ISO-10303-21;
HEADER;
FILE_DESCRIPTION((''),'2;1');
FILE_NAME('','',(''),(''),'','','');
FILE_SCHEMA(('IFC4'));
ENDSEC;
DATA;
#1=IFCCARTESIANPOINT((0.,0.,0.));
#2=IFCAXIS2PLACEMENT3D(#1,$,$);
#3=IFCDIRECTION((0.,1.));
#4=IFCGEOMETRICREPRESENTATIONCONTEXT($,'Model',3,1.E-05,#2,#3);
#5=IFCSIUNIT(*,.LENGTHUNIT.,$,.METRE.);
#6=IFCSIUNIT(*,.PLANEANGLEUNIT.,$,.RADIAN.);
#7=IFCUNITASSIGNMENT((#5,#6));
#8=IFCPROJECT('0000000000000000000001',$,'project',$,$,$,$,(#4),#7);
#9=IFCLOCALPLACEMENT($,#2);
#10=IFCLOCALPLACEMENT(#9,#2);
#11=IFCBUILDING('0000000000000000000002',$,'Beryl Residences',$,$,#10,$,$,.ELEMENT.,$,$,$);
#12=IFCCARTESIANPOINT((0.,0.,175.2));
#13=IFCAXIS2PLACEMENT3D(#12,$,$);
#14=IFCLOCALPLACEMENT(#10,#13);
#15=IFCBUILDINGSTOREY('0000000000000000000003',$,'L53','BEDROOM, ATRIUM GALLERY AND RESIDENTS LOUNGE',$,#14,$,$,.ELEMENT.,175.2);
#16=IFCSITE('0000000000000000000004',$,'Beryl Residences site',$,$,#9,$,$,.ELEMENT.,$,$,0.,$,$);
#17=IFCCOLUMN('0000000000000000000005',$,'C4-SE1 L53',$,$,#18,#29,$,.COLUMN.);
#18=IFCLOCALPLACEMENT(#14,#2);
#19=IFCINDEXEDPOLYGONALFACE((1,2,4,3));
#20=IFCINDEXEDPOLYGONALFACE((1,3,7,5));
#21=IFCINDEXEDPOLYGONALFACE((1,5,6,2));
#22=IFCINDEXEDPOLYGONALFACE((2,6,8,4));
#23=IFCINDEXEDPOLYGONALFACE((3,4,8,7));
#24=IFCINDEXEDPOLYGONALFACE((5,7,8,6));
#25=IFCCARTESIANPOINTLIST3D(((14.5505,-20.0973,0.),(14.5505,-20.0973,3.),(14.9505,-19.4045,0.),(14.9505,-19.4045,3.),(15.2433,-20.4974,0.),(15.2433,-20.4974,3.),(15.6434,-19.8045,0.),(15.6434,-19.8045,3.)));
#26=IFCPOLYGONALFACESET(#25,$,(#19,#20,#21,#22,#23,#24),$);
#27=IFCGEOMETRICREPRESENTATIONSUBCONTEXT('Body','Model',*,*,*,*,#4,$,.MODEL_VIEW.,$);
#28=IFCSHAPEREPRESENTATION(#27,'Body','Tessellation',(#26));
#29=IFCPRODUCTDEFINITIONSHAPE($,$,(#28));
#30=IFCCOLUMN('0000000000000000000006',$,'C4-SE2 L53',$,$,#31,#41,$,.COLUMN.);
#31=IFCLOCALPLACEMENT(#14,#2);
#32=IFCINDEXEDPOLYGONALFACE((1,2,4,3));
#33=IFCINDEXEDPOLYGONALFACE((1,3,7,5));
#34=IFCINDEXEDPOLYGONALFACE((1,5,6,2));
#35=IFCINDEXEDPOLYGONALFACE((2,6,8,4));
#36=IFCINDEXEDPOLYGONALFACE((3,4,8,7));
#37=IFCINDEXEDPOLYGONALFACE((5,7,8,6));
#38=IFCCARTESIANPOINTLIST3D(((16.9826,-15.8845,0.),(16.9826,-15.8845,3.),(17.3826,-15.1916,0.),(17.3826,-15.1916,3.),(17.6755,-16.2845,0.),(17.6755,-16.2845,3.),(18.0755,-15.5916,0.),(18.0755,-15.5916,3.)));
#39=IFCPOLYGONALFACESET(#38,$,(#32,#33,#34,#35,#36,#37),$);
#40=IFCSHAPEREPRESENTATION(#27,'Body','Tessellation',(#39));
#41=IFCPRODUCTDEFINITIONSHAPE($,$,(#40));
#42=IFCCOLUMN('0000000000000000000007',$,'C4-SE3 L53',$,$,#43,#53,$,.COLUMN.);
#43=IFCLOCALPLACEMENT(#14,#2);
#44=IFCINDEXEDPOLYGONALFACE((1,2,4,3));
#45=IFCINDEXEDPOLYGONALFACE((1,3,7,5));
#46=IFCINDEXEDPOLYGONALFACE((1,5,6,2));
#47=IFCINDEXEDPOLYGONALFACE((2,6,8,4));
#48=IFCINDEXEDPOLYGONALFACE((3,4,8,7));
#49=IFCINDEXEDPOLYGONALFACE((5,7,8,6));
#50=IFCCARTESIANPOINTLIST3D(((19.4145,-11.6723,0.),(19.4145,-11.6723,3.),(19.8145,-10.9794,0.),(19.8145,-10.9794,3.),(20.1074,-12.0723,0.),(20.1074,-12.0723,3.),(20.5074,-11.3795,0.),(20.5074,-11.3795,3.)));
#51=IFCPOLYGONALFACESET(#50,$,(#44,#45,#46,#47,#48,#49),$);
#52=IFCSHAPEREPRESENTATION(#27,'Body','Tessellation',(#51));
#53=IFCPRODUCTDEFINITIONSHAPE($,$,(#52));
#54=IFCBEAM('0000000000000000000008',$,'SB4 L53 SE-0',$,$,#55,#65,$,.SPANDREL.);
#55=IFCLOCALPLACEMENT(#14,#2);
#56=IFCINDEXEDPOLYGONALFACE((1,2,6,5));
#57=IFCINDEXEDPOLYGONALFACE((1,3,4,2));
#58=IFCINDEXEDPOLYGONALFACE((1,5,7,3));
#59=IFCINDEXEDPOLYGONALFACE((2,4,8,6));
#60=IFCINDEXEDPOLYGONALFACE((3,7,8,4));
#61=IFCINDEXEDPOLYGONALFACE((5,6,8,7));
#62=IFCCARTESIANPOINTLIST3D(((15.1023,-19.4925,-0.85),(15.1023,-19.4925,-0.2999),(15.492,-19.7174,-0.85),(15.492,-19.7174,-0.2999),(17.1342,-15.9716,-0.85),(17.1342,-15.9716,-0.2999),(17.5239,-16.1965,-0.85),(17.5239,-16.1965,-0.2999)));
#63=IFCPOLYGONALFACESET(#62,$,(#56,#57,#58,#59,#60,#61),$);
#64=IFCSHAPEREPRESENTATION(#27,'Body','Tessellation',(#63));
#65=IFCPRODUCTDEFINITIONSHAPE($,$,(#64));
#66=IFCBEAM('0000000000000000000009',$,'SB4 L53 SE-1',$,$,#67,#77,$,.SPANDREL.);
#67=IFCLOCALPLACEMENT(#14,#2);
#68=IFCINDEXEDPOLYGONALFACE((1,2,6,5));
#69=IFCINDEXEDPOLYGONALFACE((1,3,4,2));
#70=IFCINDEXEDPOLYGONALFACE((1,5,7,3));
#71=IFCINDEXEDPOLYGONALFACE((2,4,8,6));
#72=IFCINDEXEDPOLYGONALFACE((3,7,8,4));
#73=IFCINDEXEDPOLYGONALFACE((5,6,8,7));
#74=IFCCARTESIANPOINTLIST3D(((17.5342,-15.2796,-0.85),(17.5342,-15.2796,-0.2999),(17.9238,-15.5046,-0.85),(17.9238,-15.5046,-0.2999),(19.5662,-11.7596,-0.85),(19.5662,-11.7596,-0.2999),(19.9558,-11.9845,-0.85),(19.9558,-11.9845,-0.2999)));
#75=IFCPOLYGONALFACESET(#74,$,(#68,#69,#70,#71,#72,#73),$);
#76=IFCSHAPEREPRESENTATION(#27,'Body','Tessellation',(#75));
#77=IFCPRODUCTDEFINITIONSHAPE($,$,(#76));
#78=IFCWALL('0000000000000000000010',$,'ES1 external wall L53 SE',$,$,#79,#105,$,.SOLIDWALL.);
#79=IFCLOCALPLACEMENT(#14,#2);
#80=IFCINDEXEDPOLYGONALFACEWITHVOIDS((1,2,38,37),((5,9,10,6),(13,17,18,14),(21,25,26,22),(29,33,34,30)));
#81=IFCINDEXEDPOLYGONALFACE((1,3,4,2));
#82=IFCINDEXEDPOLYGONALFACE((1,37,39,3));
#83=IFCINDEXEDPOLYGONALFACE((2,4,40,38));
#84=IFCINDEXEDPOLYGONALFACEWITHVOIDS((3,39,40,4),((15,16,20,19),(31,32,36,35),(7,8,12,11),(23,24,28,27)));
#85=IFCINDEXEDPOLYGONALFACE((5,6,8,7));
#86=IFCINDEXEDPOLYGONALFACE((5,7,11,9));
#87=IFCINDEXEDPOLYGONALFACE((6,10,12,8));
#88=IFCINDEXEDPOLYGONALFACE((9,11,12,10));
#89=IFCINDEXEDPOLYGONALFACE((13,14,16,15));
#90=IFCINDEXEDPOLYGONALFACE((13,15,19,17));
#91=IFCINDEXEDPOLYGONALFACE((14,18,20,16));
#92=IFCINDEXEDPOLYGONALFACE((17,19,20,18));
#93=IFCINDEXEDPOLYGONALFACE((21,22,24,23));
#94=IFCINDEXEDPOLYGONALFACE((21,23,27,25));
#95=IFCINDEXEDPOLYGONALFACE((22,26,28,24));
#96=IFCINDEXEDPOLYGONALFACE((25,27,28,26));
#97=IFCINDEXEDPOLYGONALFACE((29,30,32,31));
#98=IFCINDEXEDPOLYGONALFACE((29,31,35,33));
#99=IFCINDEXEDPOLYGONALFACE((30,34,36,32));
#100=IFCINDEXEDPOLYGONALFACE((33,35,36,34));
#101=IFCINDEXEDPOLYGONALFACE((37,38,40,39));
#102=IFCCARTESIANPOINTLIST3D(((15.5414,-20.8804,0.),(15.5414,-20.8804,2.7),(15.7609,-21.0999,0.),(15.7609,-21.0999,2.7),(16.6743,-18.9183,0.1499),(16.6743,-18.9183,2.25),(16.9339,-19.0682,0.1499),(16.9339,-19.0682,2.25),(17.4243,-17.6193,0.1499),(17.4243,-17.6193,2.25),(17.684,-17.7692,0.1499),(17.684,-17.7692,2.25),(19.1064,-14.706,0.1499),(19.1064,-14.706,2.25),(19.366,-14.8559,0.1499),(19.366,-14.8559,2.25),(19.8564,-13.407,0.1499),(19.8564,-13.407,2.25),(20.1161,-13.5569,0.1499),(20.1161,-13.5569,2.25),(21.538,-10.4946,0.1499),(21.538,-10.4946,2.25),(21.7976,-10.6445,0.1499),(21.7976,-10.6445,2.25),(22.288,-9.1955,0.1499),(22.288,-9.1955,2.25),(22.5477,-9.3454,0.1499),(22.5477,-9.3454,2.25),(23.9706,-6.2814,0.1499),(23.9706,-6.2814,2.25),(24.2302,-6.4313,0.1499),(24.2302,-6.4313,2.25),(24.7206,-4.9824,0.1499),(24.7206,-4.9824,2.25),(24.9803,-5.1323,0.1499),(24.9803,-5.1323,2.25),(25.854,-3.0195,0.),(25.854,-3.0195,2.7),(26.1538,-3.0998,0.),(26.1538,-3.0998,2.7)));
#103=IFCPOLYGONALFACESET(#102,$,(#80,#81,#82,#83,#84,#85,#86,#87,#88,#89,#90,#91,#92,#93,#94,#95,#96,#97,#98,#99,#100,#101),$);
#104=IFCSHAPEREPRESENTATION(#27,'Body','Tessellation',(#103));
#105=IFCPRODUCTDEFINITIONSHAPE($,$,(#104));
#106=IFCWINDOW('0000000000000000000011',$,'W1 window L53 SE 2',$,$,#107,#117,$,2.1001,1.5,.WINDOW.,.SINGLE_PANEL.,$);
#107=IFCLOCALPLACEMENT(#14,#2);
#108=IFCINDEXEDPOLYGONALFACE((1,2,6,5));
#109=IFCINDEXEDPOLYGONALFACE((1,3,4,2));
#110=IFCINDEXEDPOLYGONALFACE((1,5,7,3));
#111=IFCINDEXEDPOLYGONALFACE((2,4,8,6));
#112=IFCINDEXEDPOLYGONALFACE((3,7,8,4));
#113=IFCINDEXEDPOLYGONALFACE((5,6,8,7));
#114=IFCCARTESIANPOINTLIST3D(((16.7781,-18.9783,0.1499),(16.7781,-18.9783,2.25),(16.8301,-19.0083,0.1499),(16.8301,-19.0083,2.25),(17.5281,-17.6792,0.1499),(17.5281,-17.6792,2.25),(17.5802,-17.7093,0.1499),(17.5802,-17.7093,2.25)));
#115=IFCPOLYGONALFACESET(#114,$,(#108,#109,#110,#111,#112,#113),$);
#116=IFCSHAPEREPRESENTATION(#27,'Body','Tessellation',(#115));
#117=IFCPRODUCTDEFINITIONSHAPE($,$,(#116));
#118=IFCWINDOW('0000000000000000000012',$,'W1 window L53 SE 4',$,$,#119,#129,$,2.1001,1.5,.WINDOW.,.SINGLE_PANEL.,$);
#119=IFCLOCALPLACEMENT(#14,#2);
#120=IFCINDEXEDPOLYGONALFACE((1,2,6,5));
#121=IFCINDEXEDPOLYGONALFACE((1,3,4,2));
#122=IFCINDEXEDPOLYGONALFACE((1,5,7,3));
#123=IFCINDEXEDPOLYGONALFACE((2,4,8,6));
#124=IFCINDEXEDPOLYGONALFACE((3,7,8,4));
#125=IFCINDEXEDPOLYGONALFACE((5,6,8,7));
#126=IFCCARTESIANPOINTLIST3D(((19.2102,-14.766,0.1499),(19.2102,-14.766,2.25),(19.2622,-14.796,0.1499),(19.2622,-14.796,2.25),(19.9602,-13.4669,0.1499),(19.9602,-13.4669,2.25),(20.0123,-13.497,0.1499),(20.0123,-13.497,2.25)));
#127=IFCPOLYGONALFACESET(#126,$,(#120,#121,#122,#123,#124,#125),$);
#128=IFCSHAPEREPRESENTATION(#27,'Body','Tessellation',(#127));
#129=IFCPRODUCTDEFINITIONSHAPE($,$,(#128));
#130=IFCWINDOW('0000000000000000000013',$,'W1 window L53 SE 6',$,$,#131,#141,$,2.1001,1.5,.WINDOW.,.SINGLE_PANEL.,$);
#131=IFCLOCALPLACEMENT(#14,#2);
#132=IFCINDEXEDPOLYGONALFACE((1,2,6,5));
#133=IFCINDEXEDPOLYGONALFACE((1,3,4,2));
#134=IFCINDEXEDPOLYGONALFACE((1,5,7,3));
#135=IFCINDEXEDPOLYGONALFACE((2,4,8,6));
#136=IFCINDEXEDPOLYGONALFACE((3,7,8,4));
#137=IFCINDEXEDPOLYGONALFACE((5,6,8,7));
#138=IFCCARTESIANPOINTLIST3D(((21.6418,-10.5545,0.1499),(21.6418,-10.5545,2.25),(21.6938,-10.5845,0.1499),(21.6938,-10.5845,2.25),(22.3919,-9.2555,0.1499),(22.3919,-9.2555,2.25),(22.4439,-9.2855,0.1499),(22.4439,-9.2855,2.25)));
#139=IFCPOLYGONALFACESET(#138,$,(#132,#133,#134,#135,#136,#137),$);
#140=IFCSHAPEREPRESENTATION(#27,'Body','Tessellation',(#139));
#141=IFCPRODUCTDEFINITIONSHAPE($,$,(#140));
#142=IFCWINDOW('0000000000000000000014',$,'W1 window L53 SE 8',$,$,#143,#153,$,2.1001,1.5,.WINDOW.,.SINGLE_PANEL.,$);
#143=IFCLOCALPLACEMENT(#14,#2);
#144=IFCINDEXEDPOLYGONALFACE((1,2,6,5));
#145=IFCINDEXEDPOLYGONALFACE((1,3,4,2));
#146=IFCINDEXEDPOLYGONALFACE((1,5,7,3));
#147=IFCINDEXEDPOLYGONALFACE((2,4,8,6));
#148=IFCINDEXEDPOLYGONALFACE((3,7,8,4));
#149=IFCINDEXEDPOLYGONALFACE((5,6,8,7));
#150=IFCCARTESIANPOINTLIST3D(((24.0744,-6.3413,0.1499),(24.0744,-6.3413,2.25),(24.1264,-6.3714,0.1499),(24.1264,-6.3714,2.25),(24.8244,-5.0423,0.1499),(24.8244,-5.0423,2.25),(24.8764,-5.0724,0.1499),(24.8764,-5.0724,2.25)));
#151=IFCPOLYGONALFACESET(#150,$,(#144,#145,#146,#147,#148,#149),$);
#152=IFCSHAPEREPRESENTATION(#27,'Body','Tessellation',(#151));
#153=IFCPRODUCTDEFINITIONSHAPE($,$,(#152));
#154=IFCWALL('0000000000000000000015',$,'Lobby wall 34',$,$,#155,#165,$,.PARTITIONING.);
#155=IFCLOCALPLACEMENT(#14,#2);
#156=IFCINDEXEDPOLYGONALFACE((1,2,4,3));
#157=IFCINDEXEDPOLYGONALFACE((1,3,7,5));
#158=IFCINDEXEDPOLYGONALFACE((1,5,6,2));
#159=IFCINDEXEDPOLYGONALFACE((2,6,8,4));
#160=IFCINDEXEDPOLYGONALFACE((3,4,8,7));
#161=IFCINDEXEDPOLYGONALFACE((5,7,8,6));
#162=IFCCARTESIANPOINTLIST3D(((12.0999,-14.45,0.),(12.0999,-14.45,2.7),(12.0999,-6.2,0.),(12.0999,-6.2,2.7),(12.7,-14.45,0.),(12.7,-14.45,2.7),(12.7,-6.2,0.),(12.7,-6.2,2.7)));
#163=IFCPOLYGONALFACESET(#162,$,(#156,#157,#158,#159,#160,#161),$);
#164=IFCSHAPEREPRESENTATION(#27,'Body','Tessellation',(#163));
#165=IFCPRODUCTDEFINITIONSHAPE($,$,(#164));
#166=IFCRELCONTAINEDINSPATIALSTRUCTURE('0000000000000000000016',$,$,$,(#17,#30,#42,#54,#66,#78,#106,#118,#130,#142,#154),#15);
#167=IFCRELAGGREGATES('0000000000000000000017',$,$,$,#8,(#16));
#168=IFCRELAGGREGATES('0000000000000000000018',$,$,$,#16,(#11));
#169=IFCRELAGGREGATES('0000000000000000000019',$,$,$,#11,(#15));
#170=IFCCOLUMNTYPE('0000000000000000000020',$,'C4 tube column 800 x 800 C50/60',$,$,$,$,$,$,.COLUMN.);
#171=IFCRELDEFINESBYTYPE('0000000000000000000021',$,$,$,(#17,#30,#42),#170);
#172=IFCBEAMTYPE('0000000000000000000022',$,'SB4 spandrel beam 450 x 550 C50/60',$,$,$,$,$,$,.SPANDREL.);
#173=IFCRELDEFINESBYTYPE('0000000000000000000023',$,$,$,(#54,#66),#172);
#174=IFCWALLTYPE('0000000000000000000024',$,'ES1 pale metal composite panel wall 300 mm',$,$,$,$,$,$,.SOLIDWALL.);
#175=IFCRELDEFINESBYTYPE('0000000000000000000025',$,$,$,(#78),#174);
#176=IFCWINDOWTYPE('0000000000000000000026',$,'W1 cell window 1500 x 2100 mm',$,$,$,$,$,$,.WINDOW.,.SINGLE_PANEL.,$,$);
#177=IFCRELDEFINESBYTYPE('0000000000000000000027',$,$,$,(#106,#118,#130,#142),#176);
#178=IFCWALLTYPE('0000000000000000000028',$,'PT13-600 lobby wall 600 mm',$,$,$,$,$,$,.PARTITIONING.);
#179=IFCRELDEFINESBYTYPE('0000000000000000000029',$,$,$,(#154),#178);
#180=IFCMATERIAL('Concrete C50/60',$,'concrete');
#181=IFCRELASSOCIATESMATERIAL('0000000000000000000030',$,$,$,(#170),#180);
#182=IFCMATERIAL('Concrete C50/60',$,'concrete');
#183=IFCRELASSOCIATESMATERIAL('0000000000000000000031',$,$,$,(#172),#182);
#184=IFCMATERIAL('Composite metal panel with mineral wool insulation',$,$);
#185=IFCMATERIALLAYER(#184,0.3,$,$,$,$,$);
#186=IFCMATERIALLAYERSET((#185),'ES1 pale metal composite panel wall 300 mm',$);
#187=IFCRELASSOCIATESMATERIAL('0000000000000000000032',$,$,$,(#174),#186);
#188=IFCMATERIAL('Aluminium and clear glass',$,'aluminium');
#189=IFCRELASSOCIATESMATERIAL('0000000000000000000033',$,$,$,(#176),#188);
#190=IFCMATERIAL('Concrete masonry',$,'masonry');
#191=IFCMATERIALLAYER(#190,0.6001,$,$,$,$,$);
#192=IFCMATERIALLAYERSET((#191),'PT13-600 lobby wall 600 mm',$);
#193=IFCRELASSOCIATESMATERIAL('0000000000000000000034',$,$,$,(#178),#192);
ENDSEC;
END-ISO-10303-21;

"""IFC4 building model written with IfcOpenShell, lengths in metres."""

from ifc_helpers import new_model, si_unit, direction, frame, frame_2d, origin, origin_2d, place, context, subcontext, project, spatial, polyline, rectangle, outline, extrude, material, layer, layer_set, material_profile, profile_set, type_object, element, fill, save


model = new_model("IFC4")

# Units and contexts
model_context = context("Model", 3, precision=1e-05, world=origin(), true_north=direction((0.0, 1.0)))
body_context = subcontext(model_context, "Body", "Model", "MODEL_VIEW")
ifc_project = project(units=[si_unit("LENGTHUNIT", "METRE"), si_unit("PLANEANGLEUNIT", "RADIAN")], contexts=[model_context])

# Site, building, storey
site_placement = place(None, origin())
site = spatial("IfcSite", under=ifc_project, at=site_placement, Name="Beryl Residences site", CompositionType="ELEMENT", RefElevation=0.0)
building_placement = place(site_placement, origin())
building = spatial("IfcBuilding", under=site, at=building_placement, Name="Beryl Residences", CompositionType="ELEMENT")
storey_placement = place(building_placement, frame((0.0, 0.0, 175.2)))
storey = spatial("IfcBuildingStorey", under=building, at=storey_placement, Name="L53", Description="BEDROOM, ATRIUM GALLERY AND RESIDENTS LOUNGE", CompositionType="ELEMENT", Elevation=175.2)

# Columns
ifc_material_1 = material(Name="Concrete C50/60", Category="concrete")
ifc_material_profile_1 = material_profile(ifc_material_1, rectangle(XDim=0.8, YDim=0.8, at=origin_2d()))
ifc_profile_set_1 = profile_set([ifc_material_profile_1], Name="Concrete C50/60")
column_type = type_object("IfcColumnType", Name="C4 tube column 800 x 800 C50/60", PredefinedType="COLUMN", material=ifc_profile_set_1)
for number, where, z_axis, x_axis, name in (
    (1, (15.0969, -19.9509, 0.0), (0.0, 0.0, 1.0), (0.5, 0.866025, 0.0), "C4-SE1 L53"),
    (2, (17.5291, -15.738, 0.0), (0.0, 0.0, 1.0), (0.5, 0.866025, 0.0), "C4-SE2 L53"),
    (3, (19.9609, -11.5259, 0.0), (0.0, 0.0, 1.0), (0.5, 0.866025, 0.0), "C4-SE3 L53"),
):
    element("IfcColumn", number, at=place(storey_placement, frame(where, z_axis=z_axis, x_axis=x_axis)), inside=storey, type_object=column_type, Name=name, PredefinedType="COLUMN", context=body_context, shape_type="SweptSolid", body=[
        extrude(rectangle(XDim=0.8, YDim=0.8, at=origin_2d()), origin(), (0.0, 0.0, 1.0), 3.0),
    ])

# Beams
ifc_material_2 = material(Name="Concrete C50/60", Category="concrete")
ifc_material_profile_2 = material_profile(ifc_material_2, rectangle(XDim=0.45, YDim=0.55, at=origin_2d()))
ifc_profile_set_2 = profile_set([ifc_material_profile_2], Name="Concrete C50/60")
beam_type = type_object("IfcBeamType", Name="SB4 spandrel beam 450 x 550 C50/60", PredefinedType="SPANDREL", material=ifc_profile_set_2)
beam_1_placement = place(storey_placement, frame((15.2971, -19.605, -0.575), z_axis=(0.49984, 0.866118, 0.0), x_axis=(-0.866118, 0.49984, 0.0)))
element("IfcBeam", 4, at=beam_1_placement, inside=storey, type_object=beam_type, Name="SB4 L53 SE-0", PredefinedType="SPANDREL", context=body_context, shape_type="SweptSolid", body=[
    extrude(rectangle(XDim=0.45, YDim=0.55, at=origin_2d()), origin(), (0.0, 0.0, 1.0), 4.0652),
])
beam_2_placement = place(storey_placement, frame((17.729, -15.3921, -0.575), z_axis=(0.499944, 0.866058, 0.0), x_axis=(-0.866058, 0.499944, 0.0)))
element("IfcBeam", 5, at=beam_2_placement, inside=storey, type_object=beam_type, Name="SB4 L53 SE-1", PredefinedType="SPANDREL", context=body_context, shape_type="SweptSolid", body=[
    extrude(rectangle(XDim=0.45, YDim=0.55, at=origin_2d()), origin(), (0.0, 0.0, 1.0), 4.0645),
])

# Wall, openings, windows
ifc_material_3 = material(Name="Composite metal panel with mineral wool insulation")
ifc_layer_1 = layer(ifc_material_3, 0.3)
ifc_layer_set_1 = layer_set([ifc_layer_1], Name="ES1 pale metal composite panel wall 300 mm")
wall_type_1 = type_object("IfcWallType", Name="ES1 pale metal composite panel wall 300 mm", PredefinedType="SOLIDWALL", material=ifc_layer_set_1)
wall_1_placement = place(storey_placement, frame((15.6311, -21.0249, 0.0), z_axis=(0.0, 0.0, 1.0), x_axis=(0.500019, 0.866015, 0.0)))
wall_1 = element("IfcWall", 6, at=wall_1_placement, inside=storey, type_object=wall_type_1, Name="ES1 external wall L53 SE", PredefinedType="SOLIDWALL", context=body_context, shape_type="SweptSolid", body=[
    extrude(outline(polyline([(0.0, -0.1499), (20.7849, -0.1499), (20.7046, 0.1499), (0.0803, 0.1499), (0.0, -0.1499)])), origin(), (0.0, 0.0, 1.0), 2.7),
])
opening_1_placement = place(wall_1_placement, frame((2.3459, 0.0, 0.1499)))
opening_1 = element("IfcOpeningElement", 7, at=opening_1_placement, cuts=wall_1, PredefinedType="OPENING", context=body_context, shape_type="SweptSolid", body=[
    extrude(rectangle(XDim=1.5, YDim=2.1001, at=frame_2d((0.75, 1.05))), frame((0.0, 0.1599, 0.0), z_axis=(0.0, -1.0, 0.0), x_axis=(1.0, 0.0, 0.0)), (0.0, 0.0, 1.0), 0.3201),
])
opening_2_placement = place(wall_1_placement, frame((7.21, 0.0, 0.1499)))
opening_2 = element("IfcOpeningElement", 8, at=opening_2_placement, cuts=wall_1, PredefinedType="OPENING", context=body_context, shape_type="SweptSolid", body=[
    extrude(rectangle(XDim=1.5, YDim=2.1001, at=frame_2d((0.75, 1.05))), frame((0.0, 0.1599, 0.0), z_axis=(0.0, -1.0, 0.0), x_axis=(1.0, 0.0, 0.0)), (0.0, 0.0, 1.0), 0.3201),
])
opening_3_placement = place(wall_1_placement, frame((12.073, 0.0, 0.1499)))
opening_3 = element("IfcOpeningElement", 9, at=opening_3_placement, cuts=wall_1, PredefinedType="OPENING", context=body_context, shape_type="SweptSolid", body=[
    extrude(rectangle(XDim=1.5, YDim=2.1001, at=frame_2d((0.75, 1.05))), frame((0.0, 0.1599, 0.0), z_axis=(0.0, -1.0, 0.0), x_axis=(1.0, 0.0, 0.0)), (0.0, 0.0, 1.0), 0.3201),
])
opening_4_placement = place(wall_1_placement, frame((16.938, 0.0, 0.1499)))
opening_4 = element("IfcOpeningElement", 10, at=opening_4_placement, cuts=wall_1, PredefinedType="OPENING", context=body_context, shape_type="SweptSolid", body=[
    extrude(rectangle(XDim=1.5, YDim=2.1001, at=frame_2d((0.75, 1.05))), frame((0.0, 0.1599, 0.0), z_axis=(0.0, -1.0, 0.0), x_axis=(1.0, 0.0, 0.0)), (0.0, 0.0, 1.0), 0.3201),
])
ifc_material_4 = material(Name="Aluminium and clear glass", Category="aluminium")
window_type = type_object("IfcWindowType", Name="W1 cell window 1500 x 2100 mm", PartitioningType="SINGLE_PANEL", PredefinedType="WINDOW", material=ifc_material_4)
window_1_placement = place(opening_1_placement, origin())
window_1 = element("IfcWindow", 11, at=window_1_placement, inside=storey, type_object=window_type, Name="W1 window L53 SE 2", OverallHeight=2.1001, OverallWidth=1.5, PartitioningType="SINGLE_PANEL", PredefinedType="WINDOW", context=body_context, shape_type="SweptSolid", body=[
    extrude(rectangle(XDim=1.5, YDim=2.1001, at=frame_2d((0.75, 1.05))), frame((0.0, 0.03, 0.0), z_axis=(0.0, -1.0, 0.0), x_axis=(1.0, 0.0, 0.0)), (0.0, 0.0, 1.0), 0.0601),
])
fill(opening_1, window_1)
window_2_placement = place(opening_2_placement, origin())
window_2 = element("IfcWindow", 12, at=window_2_placement, inside=storey, type_object=window_type, Name="W1 window L53 SE 4", OverallHeight=2.1001, OverallWidth=1.5, PartitioningType="SINGLE_PANEL", PredefinedType="WINDOW", context=body_context, shape_type="SweptSolid", body=[
    extrude(rectangle(XDim=1.5, YDim=2.1001, at=frame_2d((0.75, 1.05))), frame((0.0, 0.03, 0.0), z_axis=(0.0, -1.0, 0.0), x_axis=(1.0, 0.0, 0.0)), (0.0, 0.0, 1.0), 0.0601),
])
fill(opening_2, window_2)
window_3_placement = place(opening_3_placement, origin())
window_3 = element("IfcWindow", 13, at=window_3_placement, inside=storey, type_object=window_type, Name="W1 window L53 SE 6", OverallHeight=2.1001, OverallWidth=1.5, PartitioningType="SINGLE_PANEL", PredefinedType="WINDOW", context=body_context, shape_type="SweptSolid", body=[
    extrude(rectangle(XDim=1.5, YDim=2.1001, at=frame_2d((0.75, 1.05))), frame((0.0, 0.03, 0.0), z_axis=(0.0, -1.0, 0.0), x_axis=(1.0, 0.0, 0.0)), (0.0, 0.0, 1.0), 0.0601),
])
fill(opening_3, window_3)
window_4_placement = place(opening_4_placement, origin())
window_4 = element("IfcWindow", 14, at=window_4_placement, inside=storey, type_object=window_type, Name="W1 window L53 SE 8", OverallHeight=2.1001, OverallWidth=1.5, PartitioningType="SINGLE_PANEL", PredefinedType="WINDOW", context=body_context, shape_type="SweptSolid", body=[
    extrude(rectangle(XDim=1.5, YDim=2.1001, at=frame_2d((0.75, 1.05))), frame((0.0, 0.03, 0.0), z_axis=(0.0, -1.0, 0.0), x_axis=(1.0, 0.0, 0.0)), (0.0, 0.0, 1.0), 0.0601),
])
fill(opening_4, window_4)

# Wall
ifc_material_5 = material(Name="Concrete masonry", Category="masonry")
ifc_layer_2 = layer(ifc_material_5, 0.6001)
ifc_layer_set_2 = layer_set([ifc_layer_2], Name="PT13-600 lobby wall 600 mm")
wall_type_2 = type_object("IfcWallType", Name="PT13-600 lobby wall 600 mm", PredefinedType="PARTITIONING", material=ifc_layer_set_2)
wall_2_placement = place(storey_placement, frame((12.3999, -14.45, 0.0), z_axis=(0.0, 0.0, 1.0), x_axis=(0.0, 1.0, 0.0)))
element("IfcWall", 15, at=wall_2_placement, inside=storey, type_object=wall_type_2, Name="Lobby wall 34", PredefinedType="PARTITIONING", context=body_context, shape_type="SweptSolid", body=[
    extrude(rectangle(XDim=8.25, YDim=0.6001, at=frame_2d((4.125, 0.0))), origin(), (0.0, 0.0, 1.0), 2.7),
])

save(model, "model.ifc")
